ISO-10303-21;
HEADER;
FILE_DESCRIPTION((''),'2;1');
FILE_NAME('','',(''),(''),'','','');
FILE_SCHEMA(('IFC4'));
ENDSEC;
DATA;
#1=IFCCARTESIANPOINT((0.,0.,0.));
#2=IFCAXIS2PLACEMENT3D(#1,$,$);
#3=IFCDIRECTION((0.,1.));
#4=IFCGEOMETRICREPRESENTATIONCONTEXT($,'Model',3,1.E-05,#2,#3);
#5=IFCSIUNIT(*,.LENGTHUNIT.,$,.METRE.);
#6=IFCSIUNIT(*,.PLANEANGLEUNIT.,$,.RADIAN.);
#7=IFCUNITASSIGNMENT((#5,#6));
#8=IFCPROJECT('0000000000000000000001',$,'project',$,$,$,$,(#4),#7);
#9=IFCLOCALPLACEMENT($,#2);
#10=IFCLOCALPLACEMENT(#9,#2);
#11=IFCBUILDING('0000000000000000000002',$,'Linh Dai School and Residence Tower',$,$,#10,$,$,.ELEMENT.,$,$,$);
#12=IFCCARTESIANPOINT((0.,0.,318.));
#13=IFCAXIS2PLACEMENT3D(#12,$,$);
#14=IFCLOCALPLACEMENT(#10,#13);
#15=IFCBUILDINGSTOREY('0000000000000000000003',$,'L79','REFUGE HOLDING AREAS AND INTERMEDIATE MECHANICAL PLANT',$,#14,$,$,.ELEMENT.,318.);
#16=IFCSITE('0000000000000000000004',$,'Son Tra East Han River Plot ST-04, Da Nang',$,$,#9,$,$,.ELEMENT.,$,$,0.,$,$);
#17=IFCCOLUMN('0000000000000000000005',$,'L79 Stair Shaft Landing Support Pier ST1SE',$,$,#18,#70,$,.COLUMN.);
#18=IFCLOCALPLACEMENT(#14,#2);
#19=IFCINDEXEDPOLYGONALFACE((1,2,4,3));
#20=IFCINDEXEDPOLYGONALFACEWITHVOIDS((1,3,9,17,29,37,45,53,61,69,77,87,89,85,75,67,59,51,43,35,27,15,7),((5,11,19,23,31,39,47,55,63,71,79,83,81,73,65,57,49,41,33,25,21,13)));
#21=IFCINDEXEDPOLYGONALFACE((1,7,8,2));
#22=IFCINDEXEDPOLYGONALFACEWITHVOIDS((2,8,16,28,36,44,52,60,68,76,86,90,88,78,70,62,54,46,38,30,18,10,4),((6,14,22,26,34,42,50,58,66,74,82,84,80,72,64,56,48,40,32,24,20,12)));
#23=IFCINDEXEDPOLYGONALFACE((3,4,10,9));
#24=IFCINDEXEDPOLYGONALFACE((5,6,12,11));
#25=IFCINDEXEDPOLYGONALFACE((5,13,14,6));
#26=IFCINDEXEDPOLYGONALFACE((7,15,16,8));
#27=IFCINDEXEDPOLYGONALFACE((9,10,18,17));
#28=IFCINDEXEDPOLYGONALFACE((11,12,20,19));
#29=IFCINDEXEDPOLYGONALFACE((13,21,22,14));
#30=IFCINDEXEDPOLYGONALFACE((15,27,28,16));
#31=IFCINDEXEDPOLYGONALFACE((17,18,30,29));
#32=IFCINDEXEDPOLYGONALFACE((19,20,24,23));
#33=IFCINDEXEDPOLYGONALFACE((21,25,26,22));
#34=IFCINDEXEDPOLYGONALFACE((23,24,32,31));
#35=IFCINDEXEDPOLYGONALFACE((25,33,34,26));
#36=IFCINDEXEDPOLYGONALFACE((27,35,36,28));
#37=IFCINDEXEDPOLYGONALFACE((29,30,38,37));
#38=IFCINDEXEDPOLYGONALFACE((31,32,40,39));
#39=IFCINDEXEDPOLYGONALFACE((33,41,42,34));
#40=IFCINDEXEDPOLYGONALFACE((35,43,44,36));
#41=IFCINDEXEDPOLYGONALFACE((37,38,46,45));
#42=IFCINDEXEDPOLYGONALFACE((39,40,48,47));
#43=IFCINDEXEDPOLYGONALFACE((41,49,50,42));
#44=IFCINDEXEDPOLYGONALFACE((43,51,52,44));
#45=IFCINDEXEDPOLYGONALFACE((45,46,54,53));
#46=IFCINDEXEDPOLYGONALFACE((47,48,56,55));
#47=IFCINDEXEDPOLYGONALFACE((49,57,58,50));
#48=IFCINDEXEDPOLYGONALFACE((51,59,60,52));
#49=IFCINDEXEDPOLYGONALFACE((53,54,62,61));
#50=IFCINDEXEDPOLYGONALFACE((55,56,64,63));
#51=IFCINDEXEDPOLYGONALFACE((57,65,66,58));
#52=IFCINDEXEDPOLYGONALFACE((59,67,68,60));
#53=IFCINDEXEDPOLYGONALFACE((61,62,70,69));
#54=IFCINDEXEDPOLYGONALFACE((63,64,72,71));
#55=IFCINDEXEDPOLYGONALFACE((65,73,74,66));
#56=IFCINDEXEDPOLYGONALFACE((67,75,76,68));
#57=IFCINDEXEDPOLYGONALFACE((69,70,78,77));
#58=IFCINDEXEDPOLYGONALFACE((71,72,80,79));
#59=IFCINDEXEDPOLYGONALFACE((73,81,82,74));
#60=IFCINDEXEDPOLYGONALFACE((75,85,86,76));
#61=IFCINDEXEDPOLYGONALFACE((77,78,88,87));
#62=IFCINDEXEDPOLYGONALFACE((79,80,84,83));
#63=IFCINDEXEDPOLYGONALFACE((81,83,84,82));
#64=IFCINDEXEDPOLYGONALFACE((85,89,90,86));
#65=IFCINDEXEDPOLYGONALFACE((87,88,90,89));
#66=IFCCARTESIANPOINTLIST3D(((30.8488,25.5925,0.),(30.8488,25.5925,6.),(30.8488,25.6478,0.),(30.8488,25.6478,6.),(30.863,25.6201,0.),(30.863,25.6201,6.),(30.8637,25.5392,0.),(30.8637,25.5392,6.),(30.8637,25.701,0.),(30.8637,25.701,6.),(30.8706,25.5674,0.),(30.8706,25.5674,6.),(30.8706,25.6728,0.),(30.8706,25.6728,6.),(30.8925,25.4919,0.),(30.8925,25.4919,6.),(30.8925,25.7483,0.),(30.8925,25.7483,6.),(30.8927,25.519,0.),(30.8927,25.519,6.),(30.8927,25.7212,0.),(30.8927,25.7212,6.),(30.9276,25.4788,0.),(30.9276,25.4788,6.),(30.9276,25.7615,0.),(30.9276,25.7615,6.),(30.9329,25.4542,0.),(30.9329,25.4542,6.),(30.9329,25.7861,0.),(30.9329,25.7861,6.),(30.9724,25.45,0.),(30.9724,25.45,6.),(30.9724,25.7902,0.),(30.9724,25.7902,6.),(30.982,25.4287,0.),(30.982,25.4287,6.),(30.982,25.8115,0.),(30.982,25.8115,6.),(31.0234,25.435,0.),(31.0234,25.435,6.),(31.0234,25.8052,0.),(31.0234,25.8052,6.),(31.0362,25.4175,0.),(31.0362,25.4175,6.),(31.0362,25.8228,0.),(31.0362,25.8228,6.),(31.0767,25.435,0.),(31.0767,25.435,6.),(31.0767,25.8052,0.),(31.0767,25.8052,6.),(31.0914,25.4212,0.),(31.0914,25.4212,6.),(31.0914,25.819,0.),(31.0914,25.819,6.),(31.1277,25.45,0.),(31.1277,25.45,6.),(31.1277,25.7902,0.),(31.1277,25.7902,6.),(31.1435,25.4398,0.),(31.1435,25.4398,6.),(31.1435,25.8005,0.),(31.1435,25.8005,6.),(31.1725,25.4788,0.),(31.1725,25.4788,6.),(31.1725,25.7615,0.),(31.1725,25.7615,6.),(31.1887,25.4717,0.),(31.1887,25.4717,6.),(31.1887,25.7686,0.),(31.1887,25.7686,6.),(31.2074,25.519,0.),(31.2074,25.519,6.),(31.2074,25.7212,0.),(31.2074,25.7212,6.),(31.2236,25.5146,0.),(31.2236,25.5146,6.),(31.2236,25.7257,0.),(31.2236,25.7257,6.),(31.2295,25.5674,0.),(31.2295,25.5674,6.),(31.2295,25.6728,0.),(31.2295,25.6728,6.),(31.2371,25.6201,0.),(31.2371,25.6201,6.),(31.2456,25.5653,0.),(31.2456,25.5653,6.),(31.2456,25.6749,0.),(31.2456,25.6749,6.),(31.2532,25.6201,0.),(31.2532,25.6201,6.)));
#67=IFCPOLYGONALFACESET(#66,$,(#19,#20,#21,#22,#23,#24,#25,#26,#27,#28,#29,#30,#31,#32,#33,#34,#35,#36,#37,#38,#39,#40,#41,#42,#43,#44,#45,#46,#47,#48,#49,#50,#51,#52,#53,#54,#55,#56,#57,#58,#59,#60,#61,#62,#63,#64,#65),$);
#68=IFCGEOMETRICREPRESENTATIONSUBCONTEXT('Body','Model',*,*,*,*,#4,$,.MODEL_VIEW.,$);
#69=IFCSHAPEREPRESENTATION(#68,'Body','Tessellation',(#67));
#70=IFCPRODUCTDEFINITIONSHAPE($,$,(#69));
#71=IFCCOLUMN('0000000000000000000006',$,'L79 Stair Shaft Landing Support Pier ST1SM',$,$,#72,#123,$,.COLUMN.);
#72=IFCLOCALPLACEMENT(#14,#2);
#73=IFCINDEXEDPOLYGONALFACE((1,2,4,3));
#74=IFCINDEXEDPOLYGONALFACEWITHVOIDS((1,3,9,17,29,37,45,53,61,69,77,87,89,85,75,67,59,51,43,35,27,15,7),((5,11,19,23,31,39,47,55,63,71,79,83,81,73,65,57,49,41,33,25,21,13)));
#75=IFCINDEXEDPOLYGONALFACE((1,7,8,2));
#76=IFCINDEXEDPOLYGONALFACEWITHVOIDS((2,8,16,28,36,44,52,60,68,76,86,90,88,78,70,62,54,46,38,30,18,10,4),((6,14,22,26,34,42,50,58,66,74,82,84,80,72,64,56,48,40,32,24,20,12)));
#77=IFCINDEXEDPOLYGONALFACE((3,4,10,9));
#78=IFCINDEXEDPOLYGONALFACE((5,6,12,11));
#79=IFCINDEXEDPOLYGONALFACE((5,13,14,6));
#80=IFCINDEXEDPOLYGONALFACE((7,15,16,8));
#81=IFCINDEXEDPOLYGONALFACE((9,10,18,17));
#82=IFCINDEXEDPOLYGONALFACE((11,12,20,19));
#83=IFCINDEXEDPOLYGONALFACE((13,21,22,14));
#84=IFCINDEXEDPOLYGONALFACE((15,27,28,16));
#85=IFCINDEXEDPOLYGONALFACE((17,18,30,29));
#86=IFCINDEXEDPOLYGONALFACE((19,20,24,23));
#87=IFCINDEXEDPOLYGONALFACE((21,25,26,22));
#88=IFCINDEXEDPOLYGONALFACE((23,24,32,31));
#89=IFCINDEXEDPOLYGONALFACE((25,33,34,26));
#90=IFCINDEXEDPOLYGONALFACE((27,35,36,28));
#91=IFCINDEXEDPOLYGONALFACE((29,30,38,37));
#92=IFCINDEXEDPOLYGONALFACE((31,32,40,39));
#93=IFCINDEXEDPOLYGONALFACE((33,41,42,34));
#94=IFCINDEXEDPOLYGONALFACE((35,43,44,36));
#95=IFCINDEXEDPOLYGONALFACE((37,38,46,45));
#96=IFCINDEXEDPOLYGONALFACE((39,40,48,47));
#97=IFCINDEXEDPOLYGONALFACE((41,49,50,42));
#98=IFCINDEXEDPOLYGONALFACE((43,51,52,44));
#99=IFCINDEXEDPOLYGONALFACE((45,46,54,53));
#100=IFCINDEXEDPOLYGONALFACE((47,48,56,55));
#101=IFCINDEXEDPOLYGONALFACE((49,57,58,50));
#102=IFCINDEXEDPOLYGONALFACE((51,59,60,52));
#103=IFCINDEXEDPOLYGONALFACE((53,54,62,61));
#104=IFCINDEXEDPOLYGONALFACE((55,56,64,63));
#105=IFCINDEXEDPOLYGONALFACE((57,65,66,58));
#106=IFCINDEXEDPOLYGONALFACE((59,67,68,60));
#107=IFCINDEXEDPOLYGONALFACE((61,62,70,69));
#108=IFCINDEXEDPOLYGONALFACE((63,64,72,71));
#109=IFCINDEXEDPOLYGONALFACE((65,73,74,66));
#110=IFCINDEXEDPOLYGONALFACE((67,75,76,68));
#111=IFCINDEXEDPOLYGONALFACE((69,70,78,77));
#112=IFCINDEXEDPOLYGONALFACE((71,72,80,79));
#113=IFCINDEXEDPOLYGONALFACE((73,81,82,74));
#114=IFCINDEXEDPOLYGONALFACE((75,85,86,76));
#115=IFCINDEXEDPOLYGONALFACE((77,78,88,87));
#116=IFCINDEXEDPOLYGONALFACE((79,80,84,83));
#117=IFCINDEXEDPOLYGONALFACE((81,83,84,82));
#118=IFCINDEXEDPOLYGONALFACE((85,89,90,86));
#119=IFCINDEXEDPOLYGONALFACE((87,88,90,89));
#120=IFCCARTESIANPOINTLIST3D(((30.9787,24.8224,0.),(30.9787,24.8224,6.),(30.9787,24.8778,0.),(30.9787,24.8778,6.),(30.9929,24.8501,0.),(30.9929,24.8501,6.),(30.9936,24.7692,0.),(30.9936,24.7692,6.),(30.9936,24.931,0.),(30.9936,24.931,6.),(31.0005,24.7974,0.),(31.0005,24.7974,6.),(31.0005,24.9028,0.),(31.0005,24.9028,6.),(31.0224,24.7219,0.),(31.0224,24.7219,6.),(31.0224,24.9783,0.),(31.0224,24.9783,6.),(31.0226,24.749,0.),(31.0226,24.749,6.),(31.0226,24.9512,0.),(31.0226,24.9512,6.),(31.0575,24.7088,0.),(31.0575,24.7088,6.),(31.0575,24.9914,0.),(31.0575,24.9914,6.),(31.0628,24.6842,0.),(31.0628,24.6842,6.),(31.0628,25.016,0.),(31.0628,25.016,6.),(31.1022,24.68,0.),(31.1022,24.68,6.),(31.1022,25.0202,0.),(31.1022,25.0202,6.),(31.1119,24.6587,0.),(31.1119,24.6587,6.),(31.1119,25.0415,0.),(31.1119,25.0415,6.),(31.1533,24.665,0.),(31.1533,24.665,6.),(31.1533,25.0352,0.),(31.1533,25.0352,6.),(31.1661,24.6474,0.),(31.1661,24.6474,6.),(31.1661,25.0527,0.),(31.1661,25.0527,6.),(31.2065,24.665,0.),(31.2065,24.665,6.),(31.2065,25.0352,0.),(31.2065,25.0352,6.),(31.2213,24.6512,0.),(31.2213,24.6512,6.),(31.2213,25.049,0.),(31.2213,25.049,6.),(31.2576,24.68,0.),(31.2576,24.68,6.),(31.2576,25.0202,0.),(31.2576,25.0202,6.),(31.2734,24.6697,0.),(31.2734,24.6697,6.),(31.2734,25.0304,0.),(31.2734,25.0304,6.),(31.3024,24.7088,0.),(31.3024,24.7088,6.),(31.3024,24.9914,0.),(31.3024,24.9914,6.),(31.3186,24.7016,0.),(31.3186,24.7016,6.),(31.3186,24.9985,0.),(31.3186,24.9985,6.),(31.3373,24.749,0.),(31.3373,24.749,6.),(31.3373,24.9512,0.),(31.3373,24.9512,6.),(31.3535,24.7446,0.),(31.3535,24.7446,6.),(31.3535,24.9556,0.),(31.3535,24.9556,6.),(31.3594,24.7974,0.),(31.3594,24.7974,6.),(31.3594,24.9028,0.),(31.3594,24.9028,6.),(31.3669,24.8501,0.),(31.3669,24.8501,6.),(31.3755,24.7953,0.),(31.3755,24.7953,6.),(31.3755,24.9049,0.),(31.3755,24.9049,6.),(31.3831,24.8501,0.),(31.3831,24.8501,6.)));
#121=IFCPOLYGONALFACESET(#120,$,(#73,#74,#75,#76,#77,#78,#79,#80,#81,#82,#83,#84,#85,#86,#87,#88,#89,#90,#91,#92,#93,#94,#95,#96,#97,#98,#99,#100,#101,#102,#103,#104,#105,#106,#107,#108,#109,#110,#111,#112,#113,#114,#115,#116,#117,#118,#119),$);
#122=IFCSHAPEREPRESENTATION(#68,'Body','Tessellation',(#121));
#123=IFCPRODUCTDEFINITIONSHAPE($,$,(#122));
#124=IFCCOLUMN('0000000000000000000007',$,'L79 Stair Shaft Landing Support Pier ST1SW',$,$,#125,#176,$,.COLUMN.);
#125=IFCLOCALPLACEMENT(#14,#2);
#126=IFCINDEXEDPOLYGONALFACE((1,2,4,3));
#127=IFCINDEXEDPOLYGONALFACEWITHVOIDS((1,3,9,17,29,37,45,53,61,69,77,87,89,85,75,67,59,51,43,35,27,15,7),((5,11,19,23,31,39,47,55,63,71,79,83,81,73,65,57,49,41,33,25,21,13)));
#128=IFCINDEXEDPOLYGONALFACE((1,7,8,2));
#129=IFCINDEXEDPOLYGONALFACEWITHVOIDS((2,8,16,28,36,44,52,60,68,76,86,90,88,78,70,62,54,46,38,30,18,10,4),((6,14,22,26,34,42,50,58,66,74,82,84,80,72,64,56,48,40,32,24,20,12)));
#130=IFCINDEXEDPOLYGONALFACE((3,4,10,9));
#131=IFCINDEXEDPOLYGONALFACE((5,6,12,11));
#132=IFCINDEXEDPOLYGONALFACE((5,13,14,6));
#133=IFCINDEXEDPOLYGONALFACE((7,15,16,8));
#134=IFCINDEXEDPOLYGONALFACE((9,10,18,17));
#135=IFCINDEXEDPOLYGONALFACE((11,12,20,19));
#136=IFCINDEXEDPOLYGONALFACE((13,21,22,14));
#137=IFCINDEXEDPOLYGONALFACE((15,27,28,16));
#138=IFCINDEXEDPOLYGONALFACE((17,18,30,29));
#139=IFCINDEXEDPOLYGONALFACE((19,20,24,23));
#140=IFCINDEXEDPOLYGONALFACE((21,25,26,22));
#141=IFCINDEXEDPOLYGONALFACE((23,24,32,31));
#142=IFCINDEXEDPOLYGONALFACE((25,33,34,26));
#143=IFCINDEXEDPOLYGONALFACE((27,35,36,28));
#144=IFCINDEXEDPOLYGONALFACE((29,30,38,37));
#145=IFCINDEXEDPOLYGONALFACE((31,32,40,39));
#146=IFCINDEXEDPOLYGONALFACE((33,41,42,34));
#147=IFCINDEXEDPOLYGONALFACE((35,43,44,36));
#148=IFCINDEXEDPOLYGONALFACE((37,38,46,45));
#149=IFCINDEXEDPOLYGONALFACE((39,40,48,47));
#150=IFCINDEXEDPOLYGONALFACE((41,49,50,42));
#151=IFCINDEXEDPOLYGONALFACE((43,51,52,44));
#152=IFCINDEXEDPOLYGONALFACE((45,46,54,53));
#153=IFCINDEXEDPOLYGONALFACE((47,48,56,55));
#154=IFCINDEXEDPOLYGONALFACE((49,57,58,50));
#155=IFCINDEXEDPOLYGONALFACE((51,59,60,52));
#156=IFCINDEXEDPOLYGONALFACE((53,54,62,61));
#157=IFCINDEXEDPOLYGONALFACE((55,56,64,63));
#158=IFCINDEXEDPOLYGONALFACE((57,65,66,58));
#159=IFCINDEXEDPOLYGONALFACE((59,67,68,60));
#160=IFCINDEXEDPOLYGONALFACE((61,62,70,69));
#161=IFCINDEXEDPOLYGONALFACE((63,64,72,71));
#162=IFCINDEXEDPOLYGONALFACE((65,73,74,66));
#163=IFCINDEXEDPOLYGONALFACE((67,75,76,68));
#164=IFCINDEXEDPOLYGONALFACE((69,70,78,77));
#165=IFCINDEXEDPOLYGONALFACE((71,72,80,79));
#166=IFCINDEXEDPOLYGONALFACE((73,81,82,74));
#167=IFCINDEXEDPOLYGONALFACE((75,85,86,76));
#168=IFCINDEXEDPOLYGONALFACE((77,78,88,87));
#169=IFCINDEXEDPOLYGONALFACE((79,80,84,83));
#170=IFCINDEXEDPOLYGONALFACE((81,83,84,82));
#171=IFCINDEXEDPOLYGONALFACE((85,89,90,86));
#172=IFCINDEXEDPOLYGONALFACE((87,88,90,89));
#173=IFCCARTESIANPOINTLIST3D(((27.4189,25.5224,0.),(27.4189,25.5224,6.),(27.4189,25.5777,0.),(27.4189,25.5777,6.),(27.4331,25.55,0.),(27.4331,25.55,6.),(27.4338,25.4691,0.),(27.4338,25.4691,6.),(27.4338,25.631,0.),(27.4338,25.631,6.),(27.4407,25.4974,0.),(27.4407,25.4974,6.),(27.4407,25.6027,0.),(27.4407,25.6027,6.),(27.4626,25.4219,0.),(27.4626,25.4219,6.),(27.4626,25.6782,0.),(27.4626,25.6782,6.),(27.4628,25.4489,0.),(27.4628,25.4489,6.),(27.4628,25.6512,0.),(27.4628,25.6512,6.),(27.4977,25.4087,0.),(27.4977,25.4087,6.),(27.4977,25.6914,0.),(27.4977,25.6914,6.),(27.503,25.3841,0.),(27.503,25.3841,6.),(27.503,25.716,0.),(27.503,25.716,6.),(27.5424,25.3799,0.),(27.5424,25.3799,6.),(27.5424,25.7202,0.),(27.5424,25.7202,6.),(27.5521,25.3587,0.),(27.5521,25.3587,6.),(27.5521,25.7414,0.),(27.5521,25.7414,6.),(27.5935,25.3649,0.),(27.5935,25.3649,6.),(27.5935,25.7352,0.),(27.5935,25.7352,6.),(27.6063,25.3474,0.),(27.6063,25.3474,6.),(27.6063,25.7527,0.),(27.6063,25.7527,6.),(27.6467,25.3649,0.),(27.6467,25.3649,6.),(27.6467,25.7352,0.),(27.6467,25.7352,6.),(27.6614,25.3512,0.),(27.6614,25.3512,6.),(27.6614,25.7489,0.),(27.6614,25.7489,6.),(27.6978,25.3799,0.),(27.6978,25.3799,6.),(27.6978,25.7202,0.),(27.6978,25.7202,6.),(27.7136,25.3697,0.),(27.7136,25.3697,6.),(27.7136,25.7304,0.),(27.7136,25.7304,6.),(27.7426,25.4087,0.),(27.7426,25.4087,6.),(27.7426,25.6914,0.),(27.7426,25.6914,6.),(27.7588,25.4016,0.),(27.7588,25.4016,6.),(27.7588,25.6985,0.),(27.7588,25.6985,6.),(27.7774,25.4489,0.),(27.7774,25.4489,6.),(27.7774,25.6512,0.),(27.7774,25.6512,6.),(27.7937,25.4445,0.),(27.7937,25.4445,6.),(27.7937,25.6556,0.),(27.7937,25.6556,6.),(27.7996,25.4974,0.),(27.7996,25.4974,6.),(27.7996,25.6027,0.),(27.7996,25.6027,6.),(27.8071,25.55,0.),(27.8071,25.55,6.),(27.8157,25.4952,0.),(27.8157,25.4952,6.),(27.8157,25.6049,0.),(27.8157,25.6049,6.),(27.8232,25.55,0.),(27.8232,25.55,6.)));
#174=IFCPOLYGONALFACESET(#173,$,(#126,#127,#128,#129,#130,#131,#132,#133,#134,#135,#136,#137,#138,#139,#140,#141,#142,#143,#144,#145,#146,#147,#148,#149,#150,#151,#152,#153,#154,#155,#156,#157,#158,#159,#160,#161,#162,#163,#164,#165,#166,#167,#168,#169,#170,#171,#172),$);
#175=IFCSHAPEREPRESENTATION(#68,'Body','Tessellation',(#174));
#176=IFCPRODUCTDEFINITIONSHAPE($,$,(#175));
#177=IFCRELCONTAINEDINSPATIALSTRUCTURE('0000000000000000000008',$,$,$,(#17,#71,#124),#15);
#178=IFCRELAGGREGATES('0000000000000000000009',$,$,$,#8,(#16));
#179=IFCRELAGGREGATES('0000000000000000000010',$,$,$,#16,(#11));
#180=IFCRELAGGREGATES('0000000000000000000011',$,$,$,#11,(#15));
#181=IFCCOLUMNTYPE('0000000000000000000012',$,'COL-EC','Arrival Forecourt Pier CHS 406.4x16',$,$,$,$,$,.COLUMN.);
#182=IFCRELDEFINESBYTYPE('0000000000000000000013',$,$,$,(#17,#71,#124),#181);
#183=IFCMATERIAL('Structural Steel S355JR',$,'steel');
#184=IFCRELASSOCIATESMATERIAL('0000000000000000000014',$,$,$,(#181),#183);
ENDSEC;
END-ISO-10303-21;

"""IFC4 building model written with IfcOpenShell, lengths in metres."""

from ifc_helpers import new_model, si_unit, direction, frame, origin, origin_2d, place, context, subcontext, project, spatial, hollow_circle, extrude, material, material_profile, profile_set, type_object, element, save


model = new_model("IFC4")

# Units and contexts
model_context = context("Model", 3, precision=1e-05, world=origin(), true_north=direction((0.0, 1.0)))
body_context = subcontext(model_context, "Body", "Model", "MODEL_VIEW")
ifc_project = project(units=[si_unit("LENGTHUNIT", "METRE"), si_unit("PLANEANGLEUNIT", "RADIAN")], contexts=[model_context])

# Site, building, storey
site_placement = place(None, origin())
site = spatial("IfcSite", under=ifc_project, at=site_placement, Name="Son Tra East Han River Plot ST-04, Da Nang", CompositionType="ELEMENT", RefElevation=0.0)
building_placement = place(site_placement, origin())
building = spatial("IfcBuilding", under=site, at=building_placement, Name="Linh Dai School and Residence Tower", CompositionType="ELEMENT")
storey_placement = place(building_placement, frame((0.0, 0.0, 318.0)))
storey = spatial("IfcBuildingStorey", under=building, at=storey_placement, Name="L79", Description="REFUGE HOLDING AREAS AND INTERMEDIATE MECHANICAL PLANT", CompositionType="ELEMENT", Elevation=318.0)

# Columns
ifc_material_1 = material(Name="Structural Steel S355JR", Category="steel")
ifc_material_profile_1 = material_profile(ifc_material_1, hollow_circle(Radius=0.2031, WallThickness=0.0161, at=origin_2d()), Name="CHS 406.4x16")
ifc_profile_set_1 = profile_set([ifc_material_profile_1], Name="Structural Steel S355JR")
column_type_1 = type_object("IfcColumnType", Name="COL-EC", Description="Arrival Forecourt Pier CHS 406.4x16", PredefinedType="COLUMN", material=ifc_profile_set_1)
for number, where, z_axis, x_axis, name in (
    (1, (31.05, 25.6201, 0.0), (0.0, 0.0, 1.0), (1.0, 0.0, 0.0), "L79 Stair Shaft Landing Support Pier ST1SE"),
    (2, (31.1799, 24.8501, 0.0), (0.0, 0.0, 1.0), (1.0, 0.0, 0.0), "L79 Stair Shaft Landing Support Pier ST1SM"),
    (3, (27.6201, 25.55, 0.0), (0.0, 0.0, 1.0), (1.0, 0.0, 0.0), "L79 Stair Shaft Landing Support Pier ST1SW"),
):
    element("IfcColumn", number, at=place(storey_placement, frame(where, z_axis=z_axis, x_axis=x_axis)), inside=storey, type_object=column_type_1, Name=name, PredefinedType="COLUMN", context=body_context, shape_type="SweptSolid", body=[
        extrude(hollow_circle(Radius=0.2031, WallThickness=0.0161, at=origin_2d()), origin(), (0.0, 0.0, 1.0), 6.0),
    ])

save(model, "model.ifc")
